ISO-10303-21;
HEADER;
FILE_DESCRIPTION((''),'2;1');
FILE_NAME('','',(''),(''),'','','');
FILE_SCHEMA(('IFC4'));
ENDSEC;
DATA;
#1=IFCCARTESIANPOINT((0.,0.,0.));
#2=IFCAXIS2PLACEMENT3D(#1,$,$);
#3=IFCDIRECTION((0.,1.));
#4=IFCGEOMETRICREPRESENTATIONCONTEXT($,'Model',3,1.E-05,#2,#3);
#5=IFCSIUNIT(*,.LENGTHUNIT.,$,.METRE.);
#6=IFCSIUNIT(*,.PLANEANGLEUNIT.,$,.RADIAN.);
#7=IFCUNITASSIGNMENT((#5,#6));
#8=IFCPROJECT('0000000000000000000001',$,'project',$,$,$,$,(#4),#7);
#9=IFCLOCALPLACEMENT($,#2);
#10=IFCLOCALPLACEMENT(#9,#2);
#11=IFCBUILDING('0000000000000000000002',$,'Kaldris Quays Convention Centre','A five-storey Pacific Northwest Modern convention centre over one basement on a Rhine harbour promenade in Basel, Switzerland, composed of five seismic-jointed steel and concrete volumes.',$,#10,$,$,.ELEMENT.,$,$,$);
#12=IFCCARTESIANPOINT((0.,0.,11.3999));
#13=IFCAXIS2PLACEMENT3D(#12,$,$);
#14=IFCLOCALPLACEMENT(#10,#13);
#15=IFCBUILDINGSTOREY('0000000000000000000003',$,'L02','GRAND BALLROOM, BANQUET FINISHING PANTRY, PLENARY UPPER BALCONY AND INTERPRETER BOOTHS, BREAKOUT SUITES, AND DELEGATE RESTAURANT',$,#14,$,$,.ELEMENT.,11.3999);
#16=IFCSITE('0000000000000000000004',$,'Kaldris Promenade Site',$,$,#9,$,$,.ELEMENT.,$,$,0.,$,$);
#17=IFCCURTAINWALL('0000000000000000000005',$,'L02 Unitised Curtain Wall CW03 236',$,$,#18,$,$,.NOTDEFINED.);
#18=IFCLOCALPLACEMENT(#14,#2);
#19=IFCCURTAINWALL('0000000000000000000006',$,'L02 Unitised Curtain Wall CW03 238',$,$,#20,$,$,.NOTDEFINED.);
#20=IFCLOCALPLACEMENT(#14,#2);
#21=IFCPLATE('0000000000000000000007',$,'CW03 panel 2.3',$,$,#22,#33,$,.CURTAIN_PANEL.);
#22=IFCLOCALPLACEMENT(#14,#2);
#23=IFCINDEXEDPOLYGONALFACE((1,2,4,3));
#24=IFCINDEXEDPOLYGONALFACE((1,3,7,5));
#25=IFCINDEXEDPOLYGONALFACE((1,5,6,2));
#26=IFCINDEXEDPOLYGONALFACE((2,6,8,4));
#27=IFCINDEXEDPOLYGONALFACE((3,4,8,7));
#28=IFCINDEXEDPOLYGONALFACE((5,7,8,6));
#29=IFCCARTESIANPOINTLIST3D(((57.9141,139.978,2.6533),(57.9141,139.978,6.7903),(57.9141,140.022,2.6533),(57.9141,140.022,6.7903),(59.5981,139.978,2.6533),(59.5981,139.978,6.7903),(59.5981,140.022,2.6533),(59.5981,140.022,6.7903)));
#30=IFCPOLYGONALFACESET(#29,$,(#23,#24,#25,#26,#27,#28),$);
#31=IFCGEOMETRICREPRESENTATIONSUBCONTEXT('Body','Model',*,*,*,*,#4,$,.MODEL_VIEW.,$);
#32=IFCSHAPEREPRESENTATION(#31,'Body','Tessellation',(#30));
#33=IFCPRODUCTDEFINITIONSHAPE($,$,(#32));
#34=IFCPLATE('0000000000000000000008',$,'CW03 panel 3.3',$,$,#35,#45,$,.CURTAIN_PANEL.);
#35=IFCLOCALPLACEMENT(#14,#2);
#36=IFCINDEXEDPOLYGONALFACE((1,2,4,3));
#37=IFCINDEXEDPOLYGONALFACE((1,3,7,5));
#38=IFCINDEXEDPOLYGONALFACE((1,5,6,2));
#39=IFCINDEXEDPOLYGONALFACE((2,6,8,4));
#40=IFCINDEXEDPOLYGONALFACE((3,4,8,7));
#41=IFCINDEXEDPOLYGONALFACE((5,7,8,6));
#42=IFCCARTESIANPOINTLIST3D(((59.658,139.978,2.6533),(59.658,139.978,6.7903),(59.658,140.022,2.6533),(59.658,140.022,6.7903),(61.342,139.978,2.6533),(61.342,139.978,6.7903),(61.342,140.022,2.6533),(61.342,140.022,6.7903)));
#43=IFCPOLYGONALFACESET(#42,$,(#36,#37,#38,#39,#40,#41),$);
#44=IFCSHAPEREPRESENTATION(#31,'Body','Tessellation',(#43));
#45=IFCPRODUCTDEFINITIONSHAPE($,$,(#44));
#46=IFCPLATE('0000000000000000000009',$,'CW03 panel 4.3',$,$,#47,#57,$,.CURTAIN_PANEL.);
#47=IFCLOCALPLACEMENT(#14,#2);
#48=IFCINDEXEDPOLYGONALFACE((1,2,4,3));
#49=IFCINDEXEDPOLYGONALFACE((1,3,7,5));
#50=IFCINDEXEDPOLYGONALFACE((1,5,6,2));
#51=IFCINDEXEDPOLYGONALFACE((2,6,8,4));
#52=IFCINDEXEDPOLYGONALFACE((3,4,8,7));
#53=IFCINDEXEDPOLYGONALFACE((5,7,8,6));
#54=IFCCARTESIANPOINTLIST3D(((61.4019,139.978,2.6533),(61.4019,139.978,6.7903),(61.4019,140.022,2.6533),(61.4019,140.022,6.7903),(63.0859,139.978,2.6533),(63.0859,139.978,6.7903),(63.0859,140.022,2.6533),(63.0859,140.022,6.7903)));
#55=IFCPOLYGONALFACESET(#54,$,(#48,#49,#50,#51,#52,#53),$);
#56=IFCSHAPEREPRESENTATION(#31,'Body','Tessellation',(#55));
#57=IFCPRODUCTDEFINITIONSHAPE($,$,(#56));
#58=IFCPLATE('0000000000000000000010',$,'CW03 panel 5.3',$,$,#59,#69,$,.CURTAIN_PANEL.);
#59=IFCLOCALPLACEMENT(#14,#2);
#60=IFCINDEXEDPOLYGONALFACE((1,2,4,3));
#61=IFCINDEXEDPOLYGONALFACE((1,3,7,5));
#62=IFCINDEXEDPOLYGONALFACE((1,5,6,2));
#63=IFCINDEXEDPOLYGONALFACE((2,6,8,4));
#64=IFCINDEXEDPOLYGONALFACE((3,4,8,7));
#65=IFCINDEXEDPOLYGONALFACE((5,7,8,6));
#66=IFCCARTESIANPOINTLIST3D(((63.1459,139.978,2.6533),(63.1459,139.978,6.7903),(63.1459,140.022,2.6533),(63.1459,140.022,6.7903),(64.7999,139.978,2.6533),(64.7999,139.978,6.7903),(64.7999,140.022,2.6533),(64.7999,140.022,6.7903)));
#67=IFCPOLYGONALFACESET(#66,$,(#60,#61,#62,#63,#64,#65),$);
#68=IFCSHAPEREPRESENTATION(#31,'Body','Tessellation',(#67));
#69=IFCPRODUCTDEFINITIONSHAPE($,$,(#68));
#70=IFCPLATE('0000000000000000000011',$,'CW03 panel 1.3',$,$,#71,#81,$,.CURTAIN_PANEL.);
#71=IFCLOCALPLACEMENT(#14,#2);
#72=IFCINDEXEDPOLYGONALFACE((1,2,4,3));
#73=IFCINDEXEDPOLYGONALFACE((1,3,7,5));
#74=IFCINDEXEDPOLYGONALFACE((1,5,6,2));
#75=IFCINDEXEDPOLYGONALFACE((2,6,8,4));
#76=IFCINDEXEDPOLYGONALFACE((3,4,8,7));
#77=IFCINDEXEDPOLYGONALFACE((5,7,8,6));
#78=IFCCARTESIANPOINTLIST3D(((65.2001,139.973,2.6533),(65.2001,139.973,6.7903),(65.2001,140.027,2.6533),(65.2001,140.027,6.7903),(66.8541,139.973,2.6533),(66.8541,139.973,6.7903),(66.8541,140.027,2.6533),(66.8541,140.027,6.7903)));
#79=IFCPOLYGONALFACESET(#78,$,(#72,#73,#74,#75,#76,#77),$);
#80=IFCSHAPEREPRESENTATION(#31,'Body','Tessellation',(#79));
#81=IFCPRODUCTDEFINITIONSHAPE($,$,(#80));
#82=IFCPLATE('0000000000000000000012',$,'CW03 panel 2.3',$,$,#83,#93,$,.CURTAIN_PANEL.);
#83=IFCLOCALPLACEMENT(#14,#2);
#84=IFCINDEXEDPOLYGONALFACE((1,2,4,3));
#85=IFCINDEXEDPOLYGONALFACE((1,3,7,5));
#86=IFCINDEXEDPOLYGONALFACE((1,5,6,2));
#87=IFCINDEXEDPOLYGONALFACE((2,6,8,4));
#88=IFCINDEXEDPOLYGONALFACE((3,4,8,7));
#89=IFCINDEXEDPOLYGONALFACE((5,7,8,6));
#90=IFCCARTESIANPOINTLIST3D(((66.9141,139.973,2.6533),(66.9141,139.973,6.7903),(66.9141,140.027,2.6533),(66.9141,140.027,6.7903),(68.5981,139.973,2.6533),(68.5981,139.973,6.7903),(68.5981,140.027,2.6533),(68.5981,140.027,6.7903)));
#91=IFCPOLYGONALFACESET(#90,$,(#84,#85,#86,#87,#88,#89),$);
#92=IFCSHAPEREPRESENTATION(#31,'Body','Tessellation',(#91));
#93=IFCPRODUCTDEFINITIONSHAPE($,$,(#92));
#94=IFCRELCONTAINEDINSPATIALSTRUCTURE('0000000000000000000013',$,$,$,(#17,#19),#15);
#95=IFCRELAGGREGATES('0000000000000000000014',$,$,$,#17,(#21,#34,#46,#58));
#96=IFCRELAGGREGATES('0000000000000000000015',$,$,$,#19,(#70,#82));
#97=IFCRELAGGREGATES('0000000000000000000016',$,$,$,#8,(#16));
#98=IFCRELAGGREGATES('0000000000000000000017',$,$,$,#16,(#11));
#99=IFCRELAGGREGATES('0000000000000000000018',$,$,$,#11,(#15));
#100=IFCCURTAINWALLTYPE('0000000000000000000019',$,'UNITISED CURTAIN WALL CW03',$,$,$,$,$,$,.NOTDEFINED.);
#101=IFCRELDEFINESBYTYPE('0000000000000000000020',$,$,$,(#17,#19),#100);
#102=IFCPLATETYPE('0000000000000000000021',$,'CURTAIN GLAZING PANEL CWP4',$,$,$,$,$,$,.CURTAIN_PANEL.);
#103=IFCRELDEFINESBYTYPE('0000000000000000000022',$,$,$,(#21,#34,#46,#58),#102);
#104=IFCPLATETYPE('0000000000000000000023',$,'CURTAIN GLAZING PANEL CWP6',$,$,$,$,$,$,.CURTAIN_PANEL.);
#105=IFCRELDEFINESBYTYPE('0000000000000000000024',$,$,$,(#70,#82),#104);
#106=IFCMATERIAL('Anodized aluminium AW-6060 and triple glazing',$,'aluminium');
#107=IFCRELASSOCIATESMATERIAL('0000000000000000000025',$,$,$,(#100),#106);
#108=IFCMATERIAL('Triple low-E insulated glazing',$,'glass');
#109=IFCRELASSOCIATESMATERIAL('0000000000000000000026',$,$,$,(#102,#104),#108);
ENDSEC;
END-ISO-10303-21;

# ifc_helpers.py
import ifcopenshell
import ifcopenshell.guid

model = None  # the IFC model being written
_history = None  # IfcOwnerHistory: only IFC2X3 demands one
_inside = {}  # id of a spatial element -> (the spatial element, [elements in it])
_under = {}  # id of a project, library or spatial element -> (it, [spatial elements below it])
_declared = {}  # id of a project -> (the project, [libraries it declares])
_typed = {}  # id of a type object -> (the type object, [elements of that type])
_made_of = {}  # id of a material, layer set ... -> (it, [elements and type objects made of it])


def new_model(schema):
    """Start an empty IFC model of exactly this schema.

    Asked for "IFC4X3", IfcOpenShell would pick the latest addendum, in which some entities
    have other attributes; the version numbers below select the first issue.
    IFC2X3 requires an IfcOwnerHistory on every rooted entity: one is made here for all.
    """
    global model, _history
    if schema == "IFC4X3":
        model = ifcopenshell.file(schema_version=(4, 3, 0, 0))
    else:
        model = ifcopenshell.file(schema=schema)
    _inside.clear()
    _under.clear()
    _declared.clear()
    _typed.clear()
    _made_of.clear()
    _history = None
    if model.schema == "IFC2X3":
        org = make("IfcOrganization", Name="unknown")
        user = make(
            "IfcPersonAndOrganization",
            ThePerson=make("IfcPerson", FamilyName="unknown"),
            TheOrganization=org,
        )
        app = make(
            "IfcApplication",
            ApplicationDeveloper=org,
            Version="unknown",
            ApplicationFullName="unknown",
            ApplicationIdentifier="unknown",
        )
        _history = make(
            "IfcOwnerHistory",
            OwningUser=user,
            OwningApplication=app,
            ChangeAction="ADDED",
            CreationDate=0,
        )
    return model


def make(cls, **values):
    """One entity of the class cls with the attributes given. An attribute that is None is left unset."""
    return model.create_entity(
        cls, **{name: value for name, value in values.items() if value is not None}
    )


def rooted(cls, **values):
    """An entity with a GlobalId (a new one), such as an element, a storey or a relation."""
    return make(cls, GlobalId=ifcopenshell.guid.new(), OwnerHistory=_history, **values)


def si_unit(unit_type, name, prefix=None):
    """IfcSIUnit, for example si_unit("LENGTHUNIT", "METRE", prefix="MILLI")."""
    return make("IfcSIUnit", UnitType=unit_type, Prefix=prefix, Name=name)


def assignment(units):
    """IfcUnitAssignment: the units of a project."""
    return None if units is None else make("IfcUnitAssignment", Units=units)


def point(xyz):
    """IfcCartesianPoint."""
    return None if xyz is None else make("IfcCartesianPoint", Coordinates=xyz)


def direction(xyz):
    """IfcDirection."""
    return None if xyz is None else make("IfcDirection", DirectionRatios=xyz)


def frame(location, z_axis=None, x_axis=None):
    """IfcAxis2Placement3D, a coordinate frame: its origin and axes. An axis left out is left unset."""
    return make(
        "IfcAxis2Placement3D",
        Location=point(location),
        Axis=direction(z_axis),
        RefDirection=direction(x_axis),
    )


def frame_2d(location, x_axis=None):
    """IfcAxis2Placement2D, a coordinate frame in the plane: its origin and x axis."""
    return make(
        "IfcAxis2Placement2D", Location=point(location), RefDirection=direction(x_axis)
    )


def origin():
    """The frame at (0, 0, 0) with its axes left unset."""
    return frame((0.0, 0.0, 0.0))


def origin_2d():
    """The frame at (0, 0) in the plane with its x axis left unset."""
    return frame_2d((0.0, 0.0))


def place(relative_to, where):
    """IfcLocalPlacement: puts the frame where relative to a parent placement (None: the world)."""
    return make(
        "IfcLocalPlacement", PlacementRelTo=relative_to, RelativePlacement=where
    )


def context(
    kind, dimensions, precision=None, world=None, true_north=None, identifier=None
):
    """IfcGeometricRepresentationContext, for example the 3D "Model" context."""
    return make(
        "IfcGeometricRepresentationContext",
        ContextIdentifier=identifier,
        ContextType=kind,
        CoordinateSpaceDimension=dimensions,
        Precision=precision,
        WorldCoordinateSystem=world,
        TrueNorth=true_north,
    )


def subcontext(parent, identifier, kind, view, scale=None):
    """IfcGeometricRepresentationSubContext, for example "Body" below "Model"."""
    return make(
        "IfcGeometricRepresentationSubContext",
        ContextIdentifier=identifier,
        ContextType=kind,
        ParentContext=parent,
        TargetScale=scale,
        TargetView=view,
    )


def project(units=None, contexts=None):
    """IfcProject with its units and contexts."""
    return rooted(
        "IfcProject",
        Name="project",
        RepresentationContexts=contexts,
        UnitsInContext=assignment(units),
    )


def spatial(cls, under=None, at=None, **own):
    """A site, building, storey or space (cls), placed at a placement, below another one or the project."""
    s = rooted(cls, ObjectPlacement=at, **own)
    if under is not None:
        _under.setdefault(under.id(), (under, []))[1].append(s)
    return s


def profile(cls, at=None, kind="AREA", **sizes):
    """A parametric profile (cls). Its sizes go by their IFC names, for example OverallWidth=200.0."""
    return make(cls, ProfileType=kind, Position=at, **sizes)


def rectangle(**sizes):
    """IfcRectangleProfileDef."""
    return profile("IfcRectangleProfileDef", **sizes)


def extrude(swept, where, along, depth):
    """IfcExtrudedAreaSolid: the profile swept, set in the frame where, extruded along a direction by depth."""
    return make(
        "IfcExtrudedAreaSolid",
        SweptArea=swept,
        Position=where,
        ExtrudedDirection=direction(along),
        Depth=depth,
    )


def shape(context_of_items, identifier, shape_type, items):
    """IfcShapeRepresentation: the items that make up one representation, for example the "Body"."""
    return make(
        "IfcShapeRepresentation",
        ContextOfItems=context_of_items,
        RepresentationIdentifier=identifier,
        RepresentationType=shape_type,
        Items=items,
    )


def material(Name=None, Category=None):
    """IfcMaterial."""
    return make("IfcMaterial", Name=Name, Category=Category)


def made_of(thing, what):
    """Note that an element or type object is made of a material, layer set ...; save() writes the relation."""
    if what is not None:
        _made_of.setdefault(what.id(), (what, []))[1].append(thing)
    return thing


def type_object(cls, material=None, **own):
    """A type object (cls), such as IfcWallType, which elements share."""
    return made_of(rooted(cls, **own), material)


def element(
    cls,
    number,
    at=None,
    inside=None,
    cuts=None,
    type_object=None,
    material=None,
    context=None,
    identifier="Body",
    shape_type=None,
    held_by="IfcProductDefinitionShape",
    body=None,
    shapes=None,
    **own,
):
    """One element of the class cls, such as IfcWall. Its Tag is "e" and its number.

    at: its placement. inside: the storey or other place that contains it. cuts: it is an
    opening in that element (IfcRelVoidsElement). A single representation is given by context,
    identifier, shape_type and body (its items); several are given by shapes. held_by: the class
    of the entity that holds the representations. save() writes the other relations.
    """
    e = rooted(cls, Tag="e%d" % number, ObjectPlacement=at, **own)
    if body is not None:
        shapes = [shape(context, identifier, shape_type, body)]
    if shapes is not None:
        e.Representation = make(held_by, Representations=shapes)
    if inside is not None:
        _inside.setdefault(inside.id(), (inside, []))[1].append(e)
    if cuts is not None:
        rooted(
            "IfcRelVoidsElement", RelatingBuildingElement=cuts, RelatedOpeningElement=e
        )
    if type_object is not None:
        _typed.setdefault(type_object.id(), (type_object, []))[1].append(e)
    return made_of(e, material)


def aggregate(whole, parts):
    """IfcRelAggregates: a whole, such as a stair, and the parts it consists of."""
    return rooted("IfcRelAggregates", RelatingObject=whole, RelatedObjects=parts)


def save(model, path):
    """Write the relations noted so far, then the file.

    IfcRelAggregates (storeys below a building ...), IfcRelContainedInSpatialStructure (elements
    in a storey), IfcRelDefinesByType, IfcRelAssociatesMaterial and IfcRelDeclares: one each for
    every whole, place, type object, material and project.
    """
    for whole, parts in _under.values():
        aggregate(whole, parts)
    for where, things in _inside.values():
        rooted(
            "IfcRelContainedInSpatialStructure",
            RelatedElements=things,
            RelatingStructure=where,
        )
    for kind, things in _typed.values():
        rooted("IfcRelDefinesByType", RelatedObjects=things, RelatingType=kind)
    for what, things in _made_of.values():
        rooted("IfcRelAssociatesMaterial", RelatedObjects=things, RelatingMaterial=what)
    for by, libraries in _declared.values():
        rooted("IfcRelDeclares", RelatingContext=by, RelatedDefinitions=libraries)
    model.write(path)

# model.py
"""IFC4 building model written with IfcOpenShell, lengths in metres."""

from ifc_helpers import new_model, si_unit, direction, frame, origin, origin_2d, place, context, subcontext, project, spatial, rectangle, extrude, material, type_object, element, aggregate, save


model = new_model("IFC4")

# Units and contexts
model_context = context("Model", 3, precision=1e-05, world=origin(), true_north=direction((0.0, 1.0)))
body_context = subcontext(model_context, "Body", "Model", "MODEL_VIEW")
ifc_project = project(units=[si_unit("LENGTHUNIT", "METRE"), si_unit("PLANEANGLEUNIT", "RADIAN")], contexts=[model_context])

# Site, building, storey
site_placement = place(None, origin())
site = spatial("IfcSite", under=ifc_project, at=site_placement, Name="Kaldris Promenade Site", CompositionType="ELEMENT", RefElevation=0.0)
building_placement = place(site_placement, origin())
building = spatial("IfcBuilding", under=site, at=building_placement, Name="Kaldris Quays Convention Centre", Description="A five-storey Pacific Northwest Modern convention centre over one basement on a Rhine harbour promenade in Basel, Switzerland, composed of five seismic-jointed steel and concrete volumes.", CompositionType="ELEMENT")
storey_placement = place(building_placement, frame((0.0, 0.0, 11.3999)))
storey = spatial("IfcBuildingStorey", under=building, at=storey_placement, Name="L02", Description="GRAND BALLROOM, BANQUET FINISHING PANTRY, PLENARY UPPER BALCONY AND INTERPRETER BOOTHS, BREAKOUT SUITES, AND DELEGATE RESTAURANT", CompositionType="ELEMENT", Elevation=11.3999)

# Curtain walls
ifc_material_1 = material(Name="Anodized aluminium AW-6060 and triple glazing", Category="aluminium")
curtain_wall_type = type_object("IfcCurtainWallType", Name="UNITISED CURTAIN WALL CW03", PredefinedType="NOTDEFINED", material=ifc_material_1)
curtain_wall_1_placement = place(storey_placement, origin())
curtain_wall_1 = element("IfcCurtainWall", 1, at=curtain_wall_1_placement, inside=storey, type_object=curtain_wall_type, Name="L02 Unitised Curtain Wall CW03 236", PredefinedType="NOTDEFINED")
curtain_wall_2_placement = place(storey_placement, origin())
curtain_wall_2 = element("IfcCurtainWall", 2, at=curtain_wall_2_placement, inside=storey, type_object=curtain_wall_type, Name="L02 Unitised Curtain Wall CW03 238", PredefinedType="NOTDEFINED")

# Plates
ifc_material_2 = material(Name="Triple low-E insulated glazing", Category="glass")
plate_type_1 = type_object("IfcPlateType", Name="CURTAIN GLAZING PANEL CWP4", PredefinedType="CURTAIN_PANEL", material=ifc_material_2)
plate_1_placement = place(storey_placement, frame((58.7561, 140.0, 2.6533), z_axis=(0.0, 0.0, 1.0), x_axis=(1.0, 0.0, 0.0)))
plate_1 = element("IfcPlate", 3, at=plate_1_placement, type_object=plate_type_1, Name="CW03 panel 2.3", PredefinedType="CURTAIN_PANEL", context=body_context, shape_type="SweptSolid", body=[
    extrude(rectangle(XDim=1.6841, YDim=0.0439, at=origin_2d()), origin(), (0.0, 0.0, 1.0), 4.137),
])
plate_2_placement = place(storey_placement, frame((60.5, 140.0, 2.6533), z_axis=(0.0, 0.0, 1.0), x_axis=(1.0, 0.0, 0.0)))
plate_2 = element("IfcPlate", 4, at=plate_2_placement, type_object=plate_type_1, Name="CW03 panel 3.3", PredefinedType="CURTAIN_PANEL", context=body_context, shape_type="SweptSolid", body=[
    extrude(rectangle(XDim=1.6841, YDim=0.0439, at=origin_2d()), origin(), (0.0, 0.0, 1.0), 4.137),
])
plate_3_placement = place(storey_placement, frame((62.2439, 140.0, 2.6533), z_axis=(0.0, 0.0, 1.0), x_axis=(1.0, 0.0, 0.0)))
plate_3 = element("IfcPlate", 5, at=plate_3_placement, type_object=plate_type_1, Name="CW03 panel 4.3", PredefinedType="CURTAIN_PANEL", context=body_context, shape_type="SweptSolid", body=[
    extrude(rectangle(XDim=1.6841, YDim=0.0439, at=origin_2d()), origin(), (0.0, 0.0, 1.0), 4.137),
])
plate_4_placement = place(storey_placement, frame((63.9729, 140.0, 2.6533), z_axis=(0.0, 0.0, 1.0), x_axis=(1.0, 0.0, 0.0)))
plate_4 = element("IfcPlate", 6, at=plate_4_placement, type_object=plate_type_1, Name="CW03 panel 5.3", PredefinedType="CURTAIN_PANEL", context=body_context, shape_type="SweptSolid", body=[
    extrude(rectangle(XDim=1.6541, YDim=0.0439, at=origin_2d()), origin(), (0.0, 0.0, 1.0), 4.137),
])
aggregate(curtain_wall_1, [plate_1, plate_2, plate_3, plate_4])
plate_type_2 = type_object("IfcPlateType", Name="CURTAIN GLAZING PANEL CWP6", PredefinedType="CURTAIN_PANEL", material=ifc_material_2)
plate_5_placement = place(storey_placement, frame((66.0271, 140.0, 2.6533), z_axis=(0.0, 0.0, 1.0), x_axis=(1.0, 0.0, 0.0)))
plate_5 = element("IfcPlate", 7, at=plate_5_placement, type_object=plate_type_2, Name="CW03 panel 1.3", PredefinedType="CURTAIN_PANEL", context=body_context, shape_type="SweptSolid", body=[
    extrude(rectangle(XDim=1.6541, YDim=0.054, at=origin_2d()), origin(), (0.0, 0.0, 1.0), 4.137),
])
plate_6_placement = place(storey_placement, frame((67.7561, 140.0, 2.6533), z_axis=(0.0, 0.0, 1.0), x_axis=(1.0, 0.0, 0.0)))
plate_6 = element("IfcPlate", 8, at=plate_6_placement, type_object=plate_type_2, Name="CW03 panel 2.3", PredefinedType="CURTAIN_PANEL", context=body_context, shape_type="SweptSolid", body=[
    extrude(rectangle(XDim=1.6841, YDim=0.054, at=origin_2d()), origin(), (0.0, 0.0, 1.0), 4.137),
])
aggregate(curtain_wall_2, [plate_5, plate_6])

save(model, "model.ifc")
